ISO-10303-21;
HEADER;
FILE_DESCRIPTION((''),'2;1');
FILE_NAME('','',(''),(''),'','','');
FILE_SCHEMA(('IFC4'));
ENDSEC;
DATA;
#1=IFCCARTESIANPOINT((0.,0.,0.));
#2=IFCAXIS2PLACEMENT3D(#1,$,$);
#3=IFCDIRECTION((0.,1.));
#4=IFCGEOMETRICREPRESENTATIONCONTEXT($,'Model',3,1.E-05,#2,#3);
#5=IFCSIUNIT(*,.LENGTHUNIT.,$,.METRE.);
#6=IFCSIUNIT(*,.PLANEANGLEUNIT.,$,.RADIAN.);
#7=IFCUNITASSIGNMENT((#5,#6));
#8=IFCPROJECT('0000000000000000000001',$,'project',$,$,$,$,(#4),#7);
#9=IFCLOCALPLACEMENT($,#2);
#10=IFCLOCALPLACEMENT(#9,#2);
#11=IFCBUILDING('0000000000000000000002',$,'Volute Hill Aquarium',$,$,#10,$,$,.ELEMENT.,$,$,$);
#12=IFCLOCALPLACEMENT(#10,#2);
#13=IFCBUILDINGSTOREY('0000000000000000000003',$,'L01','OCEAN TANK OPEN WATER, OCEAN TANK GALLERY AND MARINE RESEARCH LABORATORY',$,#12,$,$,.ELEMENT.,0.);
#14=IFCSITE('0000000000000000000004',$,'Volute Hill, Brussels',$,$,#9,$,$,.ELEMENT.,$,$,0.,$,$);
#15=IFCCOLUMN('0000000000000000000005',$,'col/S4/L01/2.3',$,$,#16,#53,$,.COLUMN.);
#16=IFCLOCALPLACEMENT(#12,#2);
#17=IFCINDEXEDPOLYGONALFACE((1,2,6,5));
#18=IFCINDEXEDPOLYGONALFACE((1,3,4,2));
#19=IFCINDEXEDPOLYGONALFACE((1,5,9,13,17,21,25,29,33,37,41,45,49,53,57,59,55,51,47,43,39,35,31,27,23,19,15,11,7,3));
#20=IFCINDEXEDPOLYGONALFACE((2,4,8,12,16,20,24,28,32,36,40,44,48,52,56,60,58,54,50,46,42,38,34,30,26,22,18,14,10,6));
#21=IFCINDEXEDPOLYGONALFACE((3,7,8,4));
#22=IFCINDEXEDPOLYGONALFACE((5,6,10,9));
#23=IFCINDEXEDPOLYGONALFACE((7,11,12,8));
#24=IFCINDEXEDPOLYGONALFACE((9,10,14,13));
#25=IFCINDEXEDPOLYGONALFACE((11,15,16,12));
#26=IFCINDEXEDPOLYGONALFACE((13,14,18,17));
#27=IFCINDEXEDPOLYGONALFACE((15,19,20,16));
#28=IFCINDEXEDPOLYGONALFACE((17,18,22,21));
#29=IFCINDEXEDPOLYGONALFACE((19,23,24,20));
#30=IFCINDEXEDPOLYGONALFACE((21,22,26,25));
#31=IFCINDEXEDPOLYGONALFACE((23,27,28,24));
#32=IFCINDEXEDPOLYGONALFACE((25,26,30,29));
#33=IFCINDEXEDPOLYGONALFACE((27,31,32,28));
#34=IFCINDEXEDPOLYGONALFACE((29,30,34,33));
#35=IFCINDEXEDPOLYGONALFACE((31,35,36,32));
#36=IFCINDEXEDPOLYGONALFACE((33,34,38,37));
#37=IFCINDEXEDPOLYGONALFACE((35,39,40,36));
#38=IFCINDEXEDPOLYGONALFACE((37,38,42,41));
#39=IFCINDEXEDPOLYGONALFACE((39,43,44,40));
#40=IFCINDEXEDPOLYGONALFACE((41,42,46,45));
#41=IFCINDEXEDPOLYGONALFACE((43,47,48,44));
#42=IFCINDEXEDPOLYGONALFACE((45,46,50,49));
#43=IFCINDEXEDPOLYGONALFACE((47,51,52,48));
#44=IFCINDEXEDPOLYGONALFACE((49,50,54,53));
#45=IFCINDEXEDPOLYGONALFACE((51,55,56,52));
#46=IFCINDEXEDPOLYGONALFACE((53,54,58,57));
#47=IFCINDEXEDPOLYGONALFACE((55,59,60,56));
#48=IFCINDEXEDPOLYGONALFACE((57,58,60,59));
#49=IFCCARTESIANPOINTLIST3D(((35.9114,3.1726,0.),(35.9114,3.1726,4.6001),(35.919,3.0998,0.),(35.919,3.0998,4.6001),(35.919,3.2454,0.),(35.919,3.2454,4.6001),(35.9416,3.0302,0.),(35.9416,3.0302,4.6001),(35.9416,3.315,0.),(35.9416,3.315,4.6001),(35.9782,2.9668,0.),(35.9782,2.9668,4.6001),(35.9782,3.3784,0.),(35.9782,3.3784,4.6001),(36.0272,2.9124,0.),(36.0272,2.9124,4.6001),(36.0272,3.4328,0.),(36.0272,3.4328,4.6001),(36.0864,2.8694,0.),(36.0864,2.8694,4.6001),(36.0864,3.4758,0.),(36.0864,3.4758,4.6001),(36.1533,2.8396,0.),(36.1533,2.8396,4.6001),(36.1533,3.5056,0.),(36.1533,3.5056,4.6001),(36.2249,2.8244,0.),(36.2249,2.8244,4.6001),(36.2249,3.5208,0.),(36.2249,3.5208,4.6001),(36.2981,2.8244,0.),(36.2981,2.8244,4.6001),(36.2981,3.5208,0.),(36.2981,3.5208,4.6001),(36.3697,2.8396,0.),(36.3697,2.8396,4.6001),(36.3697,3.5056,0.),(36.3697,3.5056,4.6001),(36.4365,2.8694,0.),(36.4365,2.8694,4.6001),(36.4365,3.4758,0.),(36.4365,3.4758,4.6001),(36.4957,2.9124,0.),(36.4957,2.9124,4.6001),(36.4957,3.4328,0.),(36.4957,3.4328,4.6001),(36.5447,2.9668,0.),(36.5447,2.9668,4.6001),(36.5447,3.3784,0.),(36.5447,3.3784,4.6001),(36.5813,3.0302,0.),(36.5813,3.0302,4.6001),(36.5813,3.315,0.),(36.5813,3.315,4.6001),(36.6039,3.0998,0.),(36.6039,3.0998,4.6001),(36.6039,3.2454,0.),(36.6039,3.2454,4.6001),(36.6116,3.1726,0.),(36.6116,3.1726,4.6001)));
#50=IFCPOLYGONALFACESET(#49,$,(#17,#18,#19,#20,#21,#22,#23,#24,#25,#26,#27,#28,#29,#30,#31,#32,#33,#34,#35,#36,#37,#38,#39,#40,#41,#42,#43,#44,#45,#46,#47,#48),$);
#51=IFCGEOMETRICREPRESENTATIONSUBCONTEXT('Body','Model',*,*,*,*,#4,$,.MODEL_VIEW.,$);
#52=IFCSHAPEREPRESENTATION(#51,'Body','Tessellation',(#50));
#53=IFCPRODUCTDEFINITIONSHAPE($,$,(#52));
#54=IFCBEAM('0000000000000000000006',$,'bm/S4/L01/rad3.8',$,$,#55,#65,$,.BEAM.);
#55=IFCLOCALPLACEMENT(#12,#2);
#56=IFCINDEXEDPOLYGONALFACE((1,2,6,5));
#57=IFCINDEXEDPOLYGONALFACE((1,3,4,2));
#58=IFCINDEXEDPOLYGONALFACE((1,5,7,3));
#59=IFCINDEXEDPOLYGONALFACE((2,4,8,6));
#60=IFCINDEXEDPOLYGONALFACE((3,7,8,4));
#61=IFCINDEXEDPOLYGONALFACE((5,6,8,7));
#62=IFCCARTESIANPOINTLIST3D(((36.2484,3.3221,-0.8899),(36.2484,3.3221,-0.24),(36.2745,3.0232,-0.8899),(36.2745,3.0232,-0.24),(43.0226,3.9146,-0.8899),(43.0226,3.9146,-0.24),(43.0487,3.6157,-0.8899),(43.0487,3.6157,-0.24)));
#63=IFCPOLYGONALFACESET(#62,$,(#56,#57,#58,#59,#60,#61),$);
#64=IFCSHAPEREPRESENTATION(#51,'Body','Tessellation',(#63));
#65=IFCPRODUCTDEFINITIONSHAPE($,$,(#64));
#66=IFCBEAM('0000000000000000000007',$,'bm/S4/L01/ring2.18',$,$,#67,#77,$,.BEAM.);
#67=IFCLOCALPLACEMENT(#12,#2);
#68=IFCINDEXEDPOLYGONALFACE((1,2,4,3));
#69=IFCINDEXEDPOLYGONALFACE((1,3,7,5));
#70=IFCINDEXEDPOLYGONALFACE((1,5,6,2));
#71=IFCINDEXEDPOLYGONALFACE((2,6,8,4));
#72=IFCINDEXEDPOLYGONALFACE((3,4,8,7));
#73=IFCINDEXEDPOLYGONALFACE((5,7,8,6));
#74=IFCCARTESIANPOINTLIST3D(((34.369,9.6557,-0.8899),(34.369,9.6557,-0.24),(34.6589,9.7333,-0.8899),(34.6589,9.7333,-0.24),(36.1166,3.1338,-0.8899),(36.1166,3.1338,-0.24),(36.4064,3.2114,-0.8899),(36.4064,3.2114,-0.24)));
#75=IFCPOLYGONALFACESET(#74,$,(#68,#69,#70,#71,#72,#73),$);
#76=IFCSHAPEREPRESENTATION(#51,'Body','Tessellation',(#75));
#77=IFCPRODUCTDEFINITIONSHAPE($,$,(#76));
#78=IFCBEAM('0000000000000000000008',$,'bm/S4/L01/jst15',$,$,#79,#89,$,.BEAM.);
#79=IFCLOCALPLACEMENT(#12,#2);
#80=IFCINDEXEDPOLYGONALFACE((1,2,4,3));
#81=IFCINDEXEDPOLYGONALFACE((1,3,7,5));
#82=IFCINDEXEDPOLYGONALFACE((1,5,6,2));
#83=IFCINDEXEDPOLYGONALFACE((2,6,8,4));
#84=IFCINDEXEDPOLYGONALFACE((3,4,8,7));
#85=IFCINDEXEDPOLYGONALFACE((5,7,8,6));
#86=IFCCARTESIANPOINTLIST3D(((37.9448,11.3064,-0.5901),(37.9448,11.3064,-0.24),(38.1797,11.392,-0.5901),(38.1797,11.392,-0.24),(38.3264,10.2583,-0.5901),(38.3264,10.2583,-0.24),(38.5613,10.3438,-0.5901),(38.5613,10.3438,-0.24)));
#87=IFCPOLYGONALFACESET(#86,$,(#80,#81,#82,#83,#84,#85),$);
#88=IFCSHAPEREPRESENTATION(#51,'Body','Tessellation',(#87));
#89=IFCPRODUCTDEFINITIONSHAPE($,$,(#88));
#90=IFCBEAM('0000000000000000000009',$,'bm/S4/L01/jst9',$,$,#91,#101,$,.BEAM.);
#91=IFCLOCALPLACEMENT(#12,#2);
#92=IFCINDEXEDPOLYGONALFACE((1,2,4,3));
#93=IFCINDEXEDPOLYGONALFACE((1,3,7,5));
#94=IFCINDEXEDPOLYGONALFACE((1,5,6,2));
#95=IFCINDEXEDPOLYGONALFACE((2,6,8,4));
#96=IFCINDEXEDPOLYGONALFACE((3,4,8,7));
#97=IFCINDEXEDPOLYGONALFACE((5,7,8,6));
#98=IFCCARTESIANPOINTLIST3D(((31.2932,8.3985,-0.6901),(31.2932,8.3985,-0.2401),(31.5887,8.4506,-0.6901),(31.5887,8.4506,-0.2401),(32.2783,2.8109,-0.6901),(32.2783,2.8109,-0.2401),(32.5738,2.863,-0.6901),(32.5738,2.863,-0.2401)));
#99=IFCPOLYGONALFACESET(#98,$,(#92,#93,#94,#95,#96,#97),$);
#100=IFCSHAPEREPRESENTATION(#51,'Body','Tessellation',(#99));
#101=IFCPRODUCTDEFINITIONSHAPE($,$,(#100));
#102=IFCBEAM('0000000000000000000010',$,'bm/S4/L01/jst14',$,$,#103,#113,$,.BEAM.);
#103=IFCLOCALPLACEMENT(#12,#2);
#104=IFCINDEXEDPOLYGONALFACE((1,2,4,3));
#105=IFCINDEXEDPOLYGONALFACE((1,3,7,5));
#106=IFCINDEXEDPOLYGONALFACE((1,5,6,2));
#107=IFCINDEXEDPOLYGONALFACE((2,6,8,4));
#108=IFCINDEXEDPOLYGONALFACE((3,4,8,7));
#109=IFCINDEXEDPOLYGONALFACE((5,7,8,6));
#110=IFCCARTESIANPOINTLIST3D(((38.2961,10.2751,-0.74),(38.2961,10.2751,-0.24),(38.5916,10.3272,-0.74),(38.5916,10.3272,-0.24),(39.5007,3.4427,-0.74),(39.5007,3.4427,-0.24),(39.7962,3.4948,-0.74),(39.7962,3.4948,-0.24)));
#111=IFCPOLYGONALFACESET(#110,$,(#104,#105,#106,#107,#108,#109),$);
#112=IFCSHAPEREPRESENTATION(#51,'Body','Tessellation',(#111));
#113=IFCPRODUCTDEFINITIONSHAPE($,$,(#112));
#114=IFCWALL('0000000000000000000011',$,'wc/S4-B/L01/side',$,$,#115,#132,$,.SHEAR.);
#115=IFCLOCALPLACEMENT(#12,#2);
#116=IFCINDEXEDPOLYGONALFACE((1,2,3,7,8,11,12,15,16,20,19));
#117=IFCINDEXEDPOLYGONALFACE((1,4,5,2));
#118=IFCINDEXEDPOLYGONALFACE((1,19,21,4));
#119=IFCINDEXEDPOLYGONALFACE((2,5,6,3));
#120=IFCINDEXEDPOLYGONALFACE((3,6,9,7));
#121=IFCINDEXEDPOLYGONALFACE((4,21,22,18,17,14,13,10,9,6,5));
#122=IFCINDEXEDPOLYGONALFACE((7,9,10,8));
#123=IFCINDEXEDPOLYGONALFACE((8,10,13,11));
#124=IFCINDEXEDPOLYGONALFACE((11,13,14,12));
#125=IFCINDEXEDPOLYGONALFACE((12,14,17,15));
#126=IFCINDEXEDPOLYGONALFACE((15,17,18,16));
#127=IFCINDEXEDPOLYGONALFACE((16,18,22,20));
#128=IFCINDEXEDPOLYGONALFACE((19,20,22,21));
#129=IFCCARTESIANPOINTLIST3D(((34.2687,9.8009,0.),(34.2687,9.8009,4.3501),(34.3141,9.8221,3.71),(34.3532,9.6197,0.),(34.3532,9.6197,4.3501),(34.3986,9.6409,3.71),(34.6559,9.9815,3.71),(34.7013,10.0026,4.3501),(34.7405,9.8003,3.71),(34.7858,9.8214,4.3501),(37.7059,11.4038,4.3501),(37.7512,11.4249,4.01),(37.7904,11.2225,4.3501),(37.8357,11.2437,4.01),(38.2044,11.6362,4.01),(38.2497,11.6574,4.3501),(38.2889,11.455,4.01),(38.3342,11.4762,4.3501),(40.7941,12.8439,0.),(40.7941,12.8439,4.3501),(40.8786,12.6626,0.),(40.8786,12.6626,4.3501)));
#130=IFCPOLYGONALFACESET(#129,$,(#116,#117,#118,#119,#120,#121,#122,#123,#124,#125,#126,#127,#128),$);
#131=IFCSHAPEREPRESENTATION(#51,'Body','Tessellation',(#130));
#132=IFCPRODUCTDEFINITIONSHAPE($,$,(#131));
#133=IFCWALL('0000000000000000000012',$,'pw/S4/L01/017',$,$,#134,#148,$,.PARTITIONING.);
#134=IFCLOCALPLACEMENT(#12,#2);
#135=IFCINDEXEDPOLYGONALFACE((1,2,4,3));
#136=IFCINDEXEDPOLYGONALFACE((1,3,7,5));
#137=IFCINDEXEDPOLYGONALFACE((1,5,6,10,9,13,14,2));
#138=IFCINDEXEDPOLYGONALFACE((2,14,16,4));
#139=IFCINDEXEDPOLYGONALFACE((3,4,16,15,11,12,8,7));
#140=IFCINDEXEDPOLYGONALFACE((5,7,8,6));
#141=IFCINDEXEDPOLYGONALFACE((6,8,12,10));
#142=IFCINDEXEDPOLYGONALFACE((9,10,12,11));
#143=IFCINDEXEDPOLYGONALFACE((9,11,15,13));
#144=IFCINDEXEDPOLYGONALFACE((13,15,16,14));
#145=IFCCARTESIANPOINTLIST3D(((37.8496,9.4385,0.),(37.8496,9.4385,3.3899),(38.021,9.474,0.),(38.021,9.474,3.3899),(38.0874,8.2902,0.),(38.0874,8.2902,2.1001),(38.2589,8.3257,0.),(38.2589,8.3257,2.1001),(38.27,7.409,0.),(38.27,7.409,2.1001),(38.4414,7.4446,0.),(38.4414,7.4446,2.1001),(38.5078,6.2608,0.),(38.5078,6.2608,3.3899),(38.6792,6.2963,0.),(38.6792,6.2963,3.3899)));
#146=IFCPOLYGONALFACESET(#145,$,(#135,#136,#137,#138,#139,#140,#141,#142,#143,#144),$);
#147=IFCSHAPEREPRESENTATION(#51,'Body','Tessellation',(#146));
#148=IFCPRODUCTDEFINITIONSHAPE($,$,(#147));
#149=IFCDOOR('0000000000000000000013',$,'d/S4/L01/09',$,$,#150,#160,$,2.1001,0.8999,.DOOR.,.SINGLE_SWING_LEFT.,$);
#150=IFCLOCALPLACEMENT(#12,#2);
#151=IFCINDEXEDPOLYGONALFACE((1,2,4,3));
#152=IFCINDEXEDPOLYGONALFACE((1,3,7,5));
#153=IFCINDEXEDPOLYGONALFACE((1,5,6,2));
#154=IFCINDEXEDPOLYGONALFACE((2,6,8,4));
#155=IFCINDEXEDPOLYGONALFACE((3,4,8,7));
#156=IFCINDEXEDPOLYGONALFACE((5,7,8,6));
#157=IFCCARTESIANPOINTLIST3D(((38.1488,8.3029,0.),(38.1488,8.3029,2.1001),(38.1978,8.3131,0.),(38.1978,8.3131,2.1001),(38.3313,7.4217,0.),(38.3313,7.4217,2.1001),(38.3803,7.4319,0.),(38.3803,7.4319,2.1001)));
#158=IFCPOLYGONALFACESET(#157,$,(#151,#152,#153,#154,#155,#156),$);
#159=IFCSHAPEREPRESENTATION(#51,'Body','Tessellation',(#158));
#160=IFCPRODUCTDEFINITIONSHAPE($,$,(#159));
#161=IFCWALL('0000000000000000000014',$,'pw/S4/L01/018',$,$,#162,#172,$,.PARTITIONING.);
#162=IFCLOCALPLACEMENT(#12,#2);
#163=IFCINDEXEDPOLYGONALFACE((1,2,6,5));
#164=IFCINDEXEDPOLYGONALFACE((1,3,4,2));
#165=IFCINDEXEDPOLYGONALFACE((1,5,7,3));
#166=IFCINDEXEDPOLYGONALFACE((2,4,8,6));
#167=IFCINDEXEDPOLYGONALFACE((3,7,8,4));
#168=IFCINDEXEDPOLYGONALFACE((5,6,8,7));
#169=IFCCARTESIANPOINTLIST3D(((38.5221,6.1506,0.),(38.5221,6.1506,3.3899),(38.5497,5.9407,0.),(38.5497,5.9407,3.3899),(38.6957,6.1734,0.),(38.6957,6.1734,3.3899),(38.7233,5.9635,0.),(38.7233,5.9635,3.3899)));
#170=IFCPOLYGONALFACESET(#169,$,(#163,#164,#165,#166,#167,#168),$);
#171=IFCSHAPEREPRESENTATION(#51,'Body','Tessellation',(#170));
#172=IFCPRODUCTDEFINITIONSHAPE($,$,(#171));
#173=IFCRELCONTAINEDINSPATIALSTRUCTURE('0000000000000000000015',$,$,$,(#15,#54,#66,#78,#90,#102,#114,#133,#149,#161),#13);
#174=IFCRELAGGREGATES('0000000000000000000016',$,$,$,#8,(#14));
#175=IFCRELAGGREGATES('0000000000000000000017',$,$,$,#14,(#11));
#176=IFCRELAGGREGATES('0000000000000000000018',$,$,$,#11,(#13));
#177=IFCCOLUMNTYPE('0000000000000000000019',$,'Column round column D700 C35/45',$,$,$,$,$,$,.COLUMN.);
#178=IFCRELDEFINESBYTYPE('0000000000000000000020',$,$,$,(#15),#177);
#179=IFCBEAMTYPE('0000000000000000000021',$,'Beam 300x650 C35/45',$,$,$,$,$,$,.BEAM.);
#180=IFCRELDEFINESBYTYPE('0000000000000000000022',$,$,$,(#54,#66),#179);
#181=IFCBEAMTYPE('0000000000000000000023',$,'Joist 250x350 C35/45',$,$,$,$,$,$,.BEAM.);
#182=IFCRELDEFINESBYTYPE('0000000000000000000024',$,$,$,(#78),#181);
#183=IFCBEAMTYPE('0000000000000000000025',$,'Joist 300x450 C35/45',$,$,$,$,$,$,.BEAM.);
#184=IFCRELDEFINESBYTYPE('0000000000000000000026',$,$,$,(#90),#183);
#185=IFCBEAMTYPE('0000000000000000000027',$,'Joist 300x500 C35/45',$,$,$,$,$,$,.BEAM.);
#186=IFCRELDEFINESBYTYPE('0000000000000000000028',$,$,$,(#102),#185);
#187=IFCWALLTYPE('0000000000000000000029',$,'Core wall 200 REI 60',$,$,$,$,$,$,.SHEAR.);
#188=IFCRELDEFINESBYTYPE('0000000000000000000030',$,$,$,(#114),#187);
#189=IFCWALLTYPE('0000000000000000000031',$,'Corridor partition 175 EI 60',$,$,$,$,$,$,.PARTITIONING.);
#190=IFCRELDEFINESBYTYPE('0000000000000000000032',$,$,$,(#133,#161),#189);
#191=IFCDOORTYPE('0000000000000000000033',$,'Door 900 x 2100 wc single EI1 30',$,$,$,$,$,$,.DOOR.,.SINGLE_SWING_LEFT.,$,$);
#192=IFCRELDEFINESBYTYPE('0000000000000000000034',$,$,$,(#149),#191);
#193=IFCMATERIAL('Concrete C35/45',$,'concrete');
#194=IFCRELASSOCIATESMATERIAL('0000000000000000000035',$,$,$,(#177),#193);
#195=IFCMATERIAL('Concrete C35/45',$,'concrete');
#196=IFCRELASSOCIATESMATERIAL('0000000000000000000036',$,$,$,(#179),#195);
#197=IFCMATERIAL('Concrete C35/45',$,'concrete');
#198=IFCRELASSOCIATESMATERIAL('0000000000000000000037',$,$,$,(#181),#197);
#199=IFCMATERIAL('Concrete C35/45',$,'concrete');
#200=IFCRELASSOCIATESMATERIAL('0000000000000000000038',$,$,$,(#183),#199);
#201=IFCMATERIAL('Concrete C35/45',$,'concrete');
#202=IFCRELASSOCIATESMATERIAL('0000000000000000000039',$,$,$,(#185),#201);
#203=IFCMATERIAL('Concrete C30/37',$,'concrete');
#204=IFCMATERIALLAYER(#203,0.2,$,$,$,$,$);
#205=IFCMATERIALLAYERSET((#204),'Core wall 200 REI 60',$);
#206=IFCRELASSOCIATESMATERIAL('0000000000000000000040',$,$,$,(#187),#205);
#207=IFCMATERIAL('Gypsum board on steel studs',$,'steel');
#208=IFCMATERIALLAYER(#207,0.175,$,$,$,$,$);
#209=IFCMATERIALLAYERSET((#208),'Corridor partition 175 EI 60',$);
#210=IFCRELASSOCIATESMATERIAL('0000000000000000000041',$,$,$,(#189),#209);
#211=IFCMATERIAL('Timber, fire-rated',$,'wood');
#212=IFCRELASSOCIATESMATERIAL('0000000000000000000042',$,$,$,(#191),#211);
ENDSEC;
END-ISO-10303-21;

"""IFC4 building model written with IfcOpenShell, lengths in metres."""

from ifc_helpers import new_model, si_unit, direction, frame, frame_2d, origin, origin_2d, place, context, subcontext, project, spatial, polyline, rectangle, circle, outline, extrude, material, layer, layer_set, material_profile, profile_set, type_object, element, fill, save


model = new_model("IFC4")

# Units and contexts
model_context = context("Model", 3, precision=1e-05, world=origin(), true_north=direction((0.0, 1.0)))
body_context = subcontext(model_context, "Body", "Model", "MODEL_VIEW")
ifc_project = project(units=[si_unit("LENGTHUNIT", "METRE"), si_unit("PLANEANGLEUNIT", "RADIAN")], contexts=[model_context])

# Site, building, storey
site_placement = place(None, origin())
site = spatial("IfcSite", under=ifc_project, at=site_placement, Name="Volute Hill, Brussels", CompositionType="ELEMENT", RefElevation=0.0)
building_placement = place(site_placement, origin())
building = spatial("IfcBuilding", under=site, at=building_placement, Name="Volute Hill Aquarium", CompositionType="ELEMENT")
storey_placement = place(building_placement, origin())
storey = spatial("IfcBuildingStorey", under=building, at=storey_placement, Name="L01", Description="OCEAN TANK OPEN WATER, OCEAN TANK GALLERY AND MARINE RESEARCH LABORATORY", CompositionType="ELEMENT", Elevation=0.0)

# Column
ifc_material_1 = material(Name="Concrete C35/45", Category="concrete")
ifc_material_profile_1 = material_profile(ifc_material_1, circle(Radius=0.3501, at=origin_2d()), Name="RC round column D700")
ifc_profile_set_1 = profile_set([ifc_material_profile_1], Name="Concrete C35/45")
column_type = type_object("IfcColumnType", Name="Column round column D700 C35/45", PredefinedType="COLUMN", material=ifc_profile_set_1)
column_placement = place(storey_placement, frame((36.2615, 3.1726, 0.0), z_axis=(0.0, 0.0, 1.0), x_axis=(1.0, 0.0, 0.0)))
element("IfcColumn", 1, at=column_placement, inside=storey, type_object=column_type, Name="col/S4/L01/2.3", PredefinedType="COLUMN", context=body_context, shape_type="SweptSolid", body=[
    extrude(circle(Radius=0.3501, at=origin_2d()), origin(), (0.0, 0.0, 1.0), 4.6001),
])

# Beams
ifc_material_2 = material(Name="Concrete C35/45", Category="concrete")
ifc_material_profile_2 = material_profile(ifc_material_2, rectangle(XDim=0.3, YDim=0.6499, at=origin_2d()), Name="RC beam 300x650")
ifc_profile_set_2 = profile_set([ifc_material_profile_2], Name="Concrete C35/45")
beam_type_1 = type_object("IfcBeamType", Name="Beam 300x650 C35/45", PredefinedType="BEAM", material=ifc_profile_set_2)
beam_1_placement = place(storey_placement, frame((36.2615, 3.1726, -0.5649), z_axis=(0.996196, 0.087136, 0.0), x_axis=(-0.087136, 0.996196, 0.0)))
element("IfcBeam", 2, at=beam_1_placement, inside=storey, type_object=beam_type_1, Name="bm/S4/L01/rad3.8", PredefinedType="BEAM", context=body_context, shape_type="SweptSolid", body=[
    extrude(rectangle(XDim=0.3, YDim=0.6499, at=origin_2d()), origin(), (0.0, 0.0, 1.0), 6.8),
])
beam_2_placement = place(storey_placement, frame((36.2615, 3.1726, -0.5649), z_axis=(-0.258819, 0.965926, 0.0), x_axis=(-0.965926, -0.258819, 0.0)))
element("IfcBeam", 3, at=beam_2_placement, inside=storey, type_object=beam_type_1, Name="bm/S4/L01/ring2.18", PredefinedType="BEAM", context=body_context, shape_type="SweptSolid", body=[
    extrude(rectangle(XDim=0.3, YDim=0.6499, at=origin_2d()), origin(), (0.0, 0.0, 1.0), 6.752),
])
ifc_material_3 = material(Name="Concrete C35/45", Category="concrete")
ifc_material_profile_3 = material_profile(ifc_material_3, rectangle(XDim=0.25, YDim=0.3501, at=origin_2d()), Name="RC joist 250x350")
ifc_profile_set_3 = profile_set([ifc_material_profile_3], Name="Concrete C35/45")
beam_type_2 = type_object("IfcBeamType", Name="Joist 250x350 C35/45", PredefinedType="BEAM", material=ifc_profile_set_3)
beam_3_placement = place(storey_placement, frame((38.4438, 10.301, -0.415), z_axis=(-0.342112, 0.939659, 0.0), x_axis=(-0.939659, -0.342112, 0.0)))
element("IfcBeam", 4, at=beam_3_placement, inside=storey, type_object=beam_type_2, Name="bm/S4/L01/jst15", PredefinedType="BEAM", context=body_context, shape_type="SweptSolid", body=[
    extrude(rectangle(XDim=0.25, YDim=0.3501, at=origin_2d()), origin(), (0.0, 0.0, 1.0), 1.1155),
])
ifc_material_4 = material(Name="Concrete C35/45", Category="concrete")
ifc_material_profile_4 = material_profile(ifc_material_4, rectangle(XDim=0.3, YDim=0.45, at=origin_2d()), Name="RC joist 300x450")
ifc_profile_set_4 = profile_set([ifc_material_profile_4], Name="Concrete C35/45")
beam_type_3 = type_object("IfcBeamType", Name="Joist 300x450 C35/45", PredefinedType="BEAM", material=ifc_profile_set_4)
beam_4_placement = place(storey_placement, frame((32.426, 2.8369, -0.4651), z_axis=(-0.173623, 0.984812, 0.0), x_axis=(-0.984812, -0.173623, 0.0)))
element("IfcBeam", 5, at=beam_4_placement, inside=storey, type_object=beam_type_3, Name="bm/S4/L01/jst9", PredefinedType="BEAM", context=body_context, shape_type="SweptSolid", body=[
    extrude(rectangle(XDim=0.3, YDim=0.45, at=origin_2d()), origin(), (0.0, 0.0, 1.0), 5.6738),
])
ifc_material_5 = material(Name="Concrete C35/45", Category="concrete")
ifc_material_profile_5 = material_profile(ifc_material_5, rectangle(XDim=0.3, YDim=0.5, at=origin_2d()), Name="RC joist 300x500")
ifc_profile_set_5 = profile_set([ifc_material_profile_5], Name="Concrete C35/45")
beam_type_4 = type_object("IfcBeamType", Name="Joist 300x500 C35/45", PredefinedType="BEAM", material=ifc_profile_set_5)
beam_5_placement = place(storey_placement, frame((39.6484, 3.4688, -0.49), z_axis=(-0.173631, 0.984811, 0.0), x_axis=(-0.984811, -0.173631, 0.0)))
element("IfcBeam", 6, at=beam_5_placement, inside=storey, type_object=beam_type_4, Name="bm/S4/L01/jst14", PredefinedType="BEAM", context=body_context, shape_type="SweptSolid", body=[
    extrude(rectangle(XDim=0.3, YDim=0.5, at=origin_2d()), origin(), (0.0, 0.0, 1.0), 6.9377),
])

# Wall
ifc_material_6 = material(Name="Concrete C30/37", Category="concrete")
ifc_layer_1 = layer(ifc_material_6, 0.2)
ifc_layer_set_1 = layer_set([ifc_layer_1], Name="Core wall 200 REI 60")
wall_type_1 = type_object("IfcWallType", Name="Core wall 200 REI 60", PredefinedType="SHEAR", material=ifc_layer_set_1)
wall_1_placement = place(storey_placement, frame((34.311, 9.7102, 0.0), z_axis=(0.0, 0.0, 1.0), x_axis=(0.906301, 0.422633, 0.0)))
element("IfcWall", 7, at=wall_1_placement, inside=storey, type_object=wall_type_1, Name="wc/S4-B/L01/side", PredefinedType="SHEAR", context=body_context, shape_type="SweptSolid", body=[
    extrude(outline(polyline([(0.0, 0.0), (7.2, 0.0), (7.2, 4.3501), (4.3926, 4.3501), (4.3425, 4.01), (3.8425, 4.01), (3.7925, 4.3501), (0.4773, 4.3501), (0.4272, 3.71), (0.05, 3.71), (0.0, 4.3501), (0.0, 0.0)])), frame((0.0, 0.1001, 0.0), z_axis=(0.0, -1.0, 0.0), x_axis=(1.0, 0.0, 0.0)), (0.0, 0.0, 1.0), 0.2),
])

# Wall, opening, door
ifc_material_7 = material(Name="Gypsum board on steel studs", Category="steel")
ifc_layer_2 = layer(ifc_material_7, 0.175)
ifc_layer_set_2 = layer_set([ifc_layer_2], Name="Corridor partition 175 EI 60")
wall_type_2 = type_object("IfcWallType", Name="Corridor partition 175 EI 60", PredefinedType="PARTITIONING", material=ifc_layer_set_2)
wall_2_placement = place(storey_placement, frame((38.5935, 6.2786, 0.0), z_axis=(0.0, 0.0, 1.0), x_axis=(-0.202825, 0.979215, 0.0)))
wall_2 = element("IfcWall", 8, at=wall_2_placement, inside=storey, type_object=wall_type_2, Name="pw/S4/L01/017", PredefinedType="PARTITIONING", context=body_context, shape_type="SweptSolid", body=[
    extrude(rectangle(XDim=3.2451, YDim=0.175, at=frame_2d((1.6226, 0.0))), origin(), (0.0, 0.0, 1.0), 3.3899),
])
opening_1_placement = place(wall_2_placement, frame((1.1726, 0.0, 0.0)))
opening_1 = element("IfcOpeningElement", 9, at=opening_1_placement, cuts=wall_2, PredefinedType="OPENING", context=body_context, shape_type="SweptSolid", body=[
    extrude(rectangle(XDim=0.8999, YDim=2.1001, at=frame_2d((0.45, 1.05))), frame((0.0, 0.0974, 0.0), z_axis=(0.0, -1.0, 0.0), x_axis=(1.0, 0.0, 0.0)), (0.0, 0.0, 1.0), 0.1951),
])
ifc_material_8 = material(Name="Timber, fire-rated", Category="wood")
door_type_1 = type_object("IfcDoorType", Name="Door 900 x 2100 wc single EI1 30", OperationType="SINGLE_SWING_LEFT", PredefinedType="DOOR", material=ifc_material_8)
door_1_placement = place(opening_1_placement, origin())
door_1 = element("IfcDoor", 10, at=door_1_placement, inside=storey, type_object=door_type_1, Name="d/S4/L01/09", OperationType="SINGLE_SWING_LEFT", OverallHeight=2.1001, OverallWidth=0.8999, PredefinedType="DOOR", context=body_context, shape_type="SweptSolid", body=[
    extrude(rectangle(XDim=0.8999, YDim=2.1001, at=frame_2d((0.45, 1.05))), frame((0.0, 0.0249, 0.0), z_axis=(0.0, -1.0, 0.0), x_axis=(1.0, 0.0, 0.0)), (0.0, 0.0, 1.0), 0.05),
])
fill(opening_1, door_1)

# Wall
wall_3_placement = place(storey_placement, frame((38.6089, 6.1621, 0.0), z_axis=(0.0, 0.0, 1.0), x_axis=(0.130276, -0.991478, 0.0)))
element("IfcWall", 11, at=wall_3_placement, inside=storey, type_object=wall_type_2, Name="pw/S4/L01/018", PredefinedType="PARTITIONING", context=body_context, shape_type="SweptSolid", body=[
    extrude(rectangle(XDim=0.2117, YDim=0.175, at=frame_2d((0.106, 0.0))), origin(), (0.0, 0.0, 1.0), 3.3899),
])

save(model, "model.ifc")
